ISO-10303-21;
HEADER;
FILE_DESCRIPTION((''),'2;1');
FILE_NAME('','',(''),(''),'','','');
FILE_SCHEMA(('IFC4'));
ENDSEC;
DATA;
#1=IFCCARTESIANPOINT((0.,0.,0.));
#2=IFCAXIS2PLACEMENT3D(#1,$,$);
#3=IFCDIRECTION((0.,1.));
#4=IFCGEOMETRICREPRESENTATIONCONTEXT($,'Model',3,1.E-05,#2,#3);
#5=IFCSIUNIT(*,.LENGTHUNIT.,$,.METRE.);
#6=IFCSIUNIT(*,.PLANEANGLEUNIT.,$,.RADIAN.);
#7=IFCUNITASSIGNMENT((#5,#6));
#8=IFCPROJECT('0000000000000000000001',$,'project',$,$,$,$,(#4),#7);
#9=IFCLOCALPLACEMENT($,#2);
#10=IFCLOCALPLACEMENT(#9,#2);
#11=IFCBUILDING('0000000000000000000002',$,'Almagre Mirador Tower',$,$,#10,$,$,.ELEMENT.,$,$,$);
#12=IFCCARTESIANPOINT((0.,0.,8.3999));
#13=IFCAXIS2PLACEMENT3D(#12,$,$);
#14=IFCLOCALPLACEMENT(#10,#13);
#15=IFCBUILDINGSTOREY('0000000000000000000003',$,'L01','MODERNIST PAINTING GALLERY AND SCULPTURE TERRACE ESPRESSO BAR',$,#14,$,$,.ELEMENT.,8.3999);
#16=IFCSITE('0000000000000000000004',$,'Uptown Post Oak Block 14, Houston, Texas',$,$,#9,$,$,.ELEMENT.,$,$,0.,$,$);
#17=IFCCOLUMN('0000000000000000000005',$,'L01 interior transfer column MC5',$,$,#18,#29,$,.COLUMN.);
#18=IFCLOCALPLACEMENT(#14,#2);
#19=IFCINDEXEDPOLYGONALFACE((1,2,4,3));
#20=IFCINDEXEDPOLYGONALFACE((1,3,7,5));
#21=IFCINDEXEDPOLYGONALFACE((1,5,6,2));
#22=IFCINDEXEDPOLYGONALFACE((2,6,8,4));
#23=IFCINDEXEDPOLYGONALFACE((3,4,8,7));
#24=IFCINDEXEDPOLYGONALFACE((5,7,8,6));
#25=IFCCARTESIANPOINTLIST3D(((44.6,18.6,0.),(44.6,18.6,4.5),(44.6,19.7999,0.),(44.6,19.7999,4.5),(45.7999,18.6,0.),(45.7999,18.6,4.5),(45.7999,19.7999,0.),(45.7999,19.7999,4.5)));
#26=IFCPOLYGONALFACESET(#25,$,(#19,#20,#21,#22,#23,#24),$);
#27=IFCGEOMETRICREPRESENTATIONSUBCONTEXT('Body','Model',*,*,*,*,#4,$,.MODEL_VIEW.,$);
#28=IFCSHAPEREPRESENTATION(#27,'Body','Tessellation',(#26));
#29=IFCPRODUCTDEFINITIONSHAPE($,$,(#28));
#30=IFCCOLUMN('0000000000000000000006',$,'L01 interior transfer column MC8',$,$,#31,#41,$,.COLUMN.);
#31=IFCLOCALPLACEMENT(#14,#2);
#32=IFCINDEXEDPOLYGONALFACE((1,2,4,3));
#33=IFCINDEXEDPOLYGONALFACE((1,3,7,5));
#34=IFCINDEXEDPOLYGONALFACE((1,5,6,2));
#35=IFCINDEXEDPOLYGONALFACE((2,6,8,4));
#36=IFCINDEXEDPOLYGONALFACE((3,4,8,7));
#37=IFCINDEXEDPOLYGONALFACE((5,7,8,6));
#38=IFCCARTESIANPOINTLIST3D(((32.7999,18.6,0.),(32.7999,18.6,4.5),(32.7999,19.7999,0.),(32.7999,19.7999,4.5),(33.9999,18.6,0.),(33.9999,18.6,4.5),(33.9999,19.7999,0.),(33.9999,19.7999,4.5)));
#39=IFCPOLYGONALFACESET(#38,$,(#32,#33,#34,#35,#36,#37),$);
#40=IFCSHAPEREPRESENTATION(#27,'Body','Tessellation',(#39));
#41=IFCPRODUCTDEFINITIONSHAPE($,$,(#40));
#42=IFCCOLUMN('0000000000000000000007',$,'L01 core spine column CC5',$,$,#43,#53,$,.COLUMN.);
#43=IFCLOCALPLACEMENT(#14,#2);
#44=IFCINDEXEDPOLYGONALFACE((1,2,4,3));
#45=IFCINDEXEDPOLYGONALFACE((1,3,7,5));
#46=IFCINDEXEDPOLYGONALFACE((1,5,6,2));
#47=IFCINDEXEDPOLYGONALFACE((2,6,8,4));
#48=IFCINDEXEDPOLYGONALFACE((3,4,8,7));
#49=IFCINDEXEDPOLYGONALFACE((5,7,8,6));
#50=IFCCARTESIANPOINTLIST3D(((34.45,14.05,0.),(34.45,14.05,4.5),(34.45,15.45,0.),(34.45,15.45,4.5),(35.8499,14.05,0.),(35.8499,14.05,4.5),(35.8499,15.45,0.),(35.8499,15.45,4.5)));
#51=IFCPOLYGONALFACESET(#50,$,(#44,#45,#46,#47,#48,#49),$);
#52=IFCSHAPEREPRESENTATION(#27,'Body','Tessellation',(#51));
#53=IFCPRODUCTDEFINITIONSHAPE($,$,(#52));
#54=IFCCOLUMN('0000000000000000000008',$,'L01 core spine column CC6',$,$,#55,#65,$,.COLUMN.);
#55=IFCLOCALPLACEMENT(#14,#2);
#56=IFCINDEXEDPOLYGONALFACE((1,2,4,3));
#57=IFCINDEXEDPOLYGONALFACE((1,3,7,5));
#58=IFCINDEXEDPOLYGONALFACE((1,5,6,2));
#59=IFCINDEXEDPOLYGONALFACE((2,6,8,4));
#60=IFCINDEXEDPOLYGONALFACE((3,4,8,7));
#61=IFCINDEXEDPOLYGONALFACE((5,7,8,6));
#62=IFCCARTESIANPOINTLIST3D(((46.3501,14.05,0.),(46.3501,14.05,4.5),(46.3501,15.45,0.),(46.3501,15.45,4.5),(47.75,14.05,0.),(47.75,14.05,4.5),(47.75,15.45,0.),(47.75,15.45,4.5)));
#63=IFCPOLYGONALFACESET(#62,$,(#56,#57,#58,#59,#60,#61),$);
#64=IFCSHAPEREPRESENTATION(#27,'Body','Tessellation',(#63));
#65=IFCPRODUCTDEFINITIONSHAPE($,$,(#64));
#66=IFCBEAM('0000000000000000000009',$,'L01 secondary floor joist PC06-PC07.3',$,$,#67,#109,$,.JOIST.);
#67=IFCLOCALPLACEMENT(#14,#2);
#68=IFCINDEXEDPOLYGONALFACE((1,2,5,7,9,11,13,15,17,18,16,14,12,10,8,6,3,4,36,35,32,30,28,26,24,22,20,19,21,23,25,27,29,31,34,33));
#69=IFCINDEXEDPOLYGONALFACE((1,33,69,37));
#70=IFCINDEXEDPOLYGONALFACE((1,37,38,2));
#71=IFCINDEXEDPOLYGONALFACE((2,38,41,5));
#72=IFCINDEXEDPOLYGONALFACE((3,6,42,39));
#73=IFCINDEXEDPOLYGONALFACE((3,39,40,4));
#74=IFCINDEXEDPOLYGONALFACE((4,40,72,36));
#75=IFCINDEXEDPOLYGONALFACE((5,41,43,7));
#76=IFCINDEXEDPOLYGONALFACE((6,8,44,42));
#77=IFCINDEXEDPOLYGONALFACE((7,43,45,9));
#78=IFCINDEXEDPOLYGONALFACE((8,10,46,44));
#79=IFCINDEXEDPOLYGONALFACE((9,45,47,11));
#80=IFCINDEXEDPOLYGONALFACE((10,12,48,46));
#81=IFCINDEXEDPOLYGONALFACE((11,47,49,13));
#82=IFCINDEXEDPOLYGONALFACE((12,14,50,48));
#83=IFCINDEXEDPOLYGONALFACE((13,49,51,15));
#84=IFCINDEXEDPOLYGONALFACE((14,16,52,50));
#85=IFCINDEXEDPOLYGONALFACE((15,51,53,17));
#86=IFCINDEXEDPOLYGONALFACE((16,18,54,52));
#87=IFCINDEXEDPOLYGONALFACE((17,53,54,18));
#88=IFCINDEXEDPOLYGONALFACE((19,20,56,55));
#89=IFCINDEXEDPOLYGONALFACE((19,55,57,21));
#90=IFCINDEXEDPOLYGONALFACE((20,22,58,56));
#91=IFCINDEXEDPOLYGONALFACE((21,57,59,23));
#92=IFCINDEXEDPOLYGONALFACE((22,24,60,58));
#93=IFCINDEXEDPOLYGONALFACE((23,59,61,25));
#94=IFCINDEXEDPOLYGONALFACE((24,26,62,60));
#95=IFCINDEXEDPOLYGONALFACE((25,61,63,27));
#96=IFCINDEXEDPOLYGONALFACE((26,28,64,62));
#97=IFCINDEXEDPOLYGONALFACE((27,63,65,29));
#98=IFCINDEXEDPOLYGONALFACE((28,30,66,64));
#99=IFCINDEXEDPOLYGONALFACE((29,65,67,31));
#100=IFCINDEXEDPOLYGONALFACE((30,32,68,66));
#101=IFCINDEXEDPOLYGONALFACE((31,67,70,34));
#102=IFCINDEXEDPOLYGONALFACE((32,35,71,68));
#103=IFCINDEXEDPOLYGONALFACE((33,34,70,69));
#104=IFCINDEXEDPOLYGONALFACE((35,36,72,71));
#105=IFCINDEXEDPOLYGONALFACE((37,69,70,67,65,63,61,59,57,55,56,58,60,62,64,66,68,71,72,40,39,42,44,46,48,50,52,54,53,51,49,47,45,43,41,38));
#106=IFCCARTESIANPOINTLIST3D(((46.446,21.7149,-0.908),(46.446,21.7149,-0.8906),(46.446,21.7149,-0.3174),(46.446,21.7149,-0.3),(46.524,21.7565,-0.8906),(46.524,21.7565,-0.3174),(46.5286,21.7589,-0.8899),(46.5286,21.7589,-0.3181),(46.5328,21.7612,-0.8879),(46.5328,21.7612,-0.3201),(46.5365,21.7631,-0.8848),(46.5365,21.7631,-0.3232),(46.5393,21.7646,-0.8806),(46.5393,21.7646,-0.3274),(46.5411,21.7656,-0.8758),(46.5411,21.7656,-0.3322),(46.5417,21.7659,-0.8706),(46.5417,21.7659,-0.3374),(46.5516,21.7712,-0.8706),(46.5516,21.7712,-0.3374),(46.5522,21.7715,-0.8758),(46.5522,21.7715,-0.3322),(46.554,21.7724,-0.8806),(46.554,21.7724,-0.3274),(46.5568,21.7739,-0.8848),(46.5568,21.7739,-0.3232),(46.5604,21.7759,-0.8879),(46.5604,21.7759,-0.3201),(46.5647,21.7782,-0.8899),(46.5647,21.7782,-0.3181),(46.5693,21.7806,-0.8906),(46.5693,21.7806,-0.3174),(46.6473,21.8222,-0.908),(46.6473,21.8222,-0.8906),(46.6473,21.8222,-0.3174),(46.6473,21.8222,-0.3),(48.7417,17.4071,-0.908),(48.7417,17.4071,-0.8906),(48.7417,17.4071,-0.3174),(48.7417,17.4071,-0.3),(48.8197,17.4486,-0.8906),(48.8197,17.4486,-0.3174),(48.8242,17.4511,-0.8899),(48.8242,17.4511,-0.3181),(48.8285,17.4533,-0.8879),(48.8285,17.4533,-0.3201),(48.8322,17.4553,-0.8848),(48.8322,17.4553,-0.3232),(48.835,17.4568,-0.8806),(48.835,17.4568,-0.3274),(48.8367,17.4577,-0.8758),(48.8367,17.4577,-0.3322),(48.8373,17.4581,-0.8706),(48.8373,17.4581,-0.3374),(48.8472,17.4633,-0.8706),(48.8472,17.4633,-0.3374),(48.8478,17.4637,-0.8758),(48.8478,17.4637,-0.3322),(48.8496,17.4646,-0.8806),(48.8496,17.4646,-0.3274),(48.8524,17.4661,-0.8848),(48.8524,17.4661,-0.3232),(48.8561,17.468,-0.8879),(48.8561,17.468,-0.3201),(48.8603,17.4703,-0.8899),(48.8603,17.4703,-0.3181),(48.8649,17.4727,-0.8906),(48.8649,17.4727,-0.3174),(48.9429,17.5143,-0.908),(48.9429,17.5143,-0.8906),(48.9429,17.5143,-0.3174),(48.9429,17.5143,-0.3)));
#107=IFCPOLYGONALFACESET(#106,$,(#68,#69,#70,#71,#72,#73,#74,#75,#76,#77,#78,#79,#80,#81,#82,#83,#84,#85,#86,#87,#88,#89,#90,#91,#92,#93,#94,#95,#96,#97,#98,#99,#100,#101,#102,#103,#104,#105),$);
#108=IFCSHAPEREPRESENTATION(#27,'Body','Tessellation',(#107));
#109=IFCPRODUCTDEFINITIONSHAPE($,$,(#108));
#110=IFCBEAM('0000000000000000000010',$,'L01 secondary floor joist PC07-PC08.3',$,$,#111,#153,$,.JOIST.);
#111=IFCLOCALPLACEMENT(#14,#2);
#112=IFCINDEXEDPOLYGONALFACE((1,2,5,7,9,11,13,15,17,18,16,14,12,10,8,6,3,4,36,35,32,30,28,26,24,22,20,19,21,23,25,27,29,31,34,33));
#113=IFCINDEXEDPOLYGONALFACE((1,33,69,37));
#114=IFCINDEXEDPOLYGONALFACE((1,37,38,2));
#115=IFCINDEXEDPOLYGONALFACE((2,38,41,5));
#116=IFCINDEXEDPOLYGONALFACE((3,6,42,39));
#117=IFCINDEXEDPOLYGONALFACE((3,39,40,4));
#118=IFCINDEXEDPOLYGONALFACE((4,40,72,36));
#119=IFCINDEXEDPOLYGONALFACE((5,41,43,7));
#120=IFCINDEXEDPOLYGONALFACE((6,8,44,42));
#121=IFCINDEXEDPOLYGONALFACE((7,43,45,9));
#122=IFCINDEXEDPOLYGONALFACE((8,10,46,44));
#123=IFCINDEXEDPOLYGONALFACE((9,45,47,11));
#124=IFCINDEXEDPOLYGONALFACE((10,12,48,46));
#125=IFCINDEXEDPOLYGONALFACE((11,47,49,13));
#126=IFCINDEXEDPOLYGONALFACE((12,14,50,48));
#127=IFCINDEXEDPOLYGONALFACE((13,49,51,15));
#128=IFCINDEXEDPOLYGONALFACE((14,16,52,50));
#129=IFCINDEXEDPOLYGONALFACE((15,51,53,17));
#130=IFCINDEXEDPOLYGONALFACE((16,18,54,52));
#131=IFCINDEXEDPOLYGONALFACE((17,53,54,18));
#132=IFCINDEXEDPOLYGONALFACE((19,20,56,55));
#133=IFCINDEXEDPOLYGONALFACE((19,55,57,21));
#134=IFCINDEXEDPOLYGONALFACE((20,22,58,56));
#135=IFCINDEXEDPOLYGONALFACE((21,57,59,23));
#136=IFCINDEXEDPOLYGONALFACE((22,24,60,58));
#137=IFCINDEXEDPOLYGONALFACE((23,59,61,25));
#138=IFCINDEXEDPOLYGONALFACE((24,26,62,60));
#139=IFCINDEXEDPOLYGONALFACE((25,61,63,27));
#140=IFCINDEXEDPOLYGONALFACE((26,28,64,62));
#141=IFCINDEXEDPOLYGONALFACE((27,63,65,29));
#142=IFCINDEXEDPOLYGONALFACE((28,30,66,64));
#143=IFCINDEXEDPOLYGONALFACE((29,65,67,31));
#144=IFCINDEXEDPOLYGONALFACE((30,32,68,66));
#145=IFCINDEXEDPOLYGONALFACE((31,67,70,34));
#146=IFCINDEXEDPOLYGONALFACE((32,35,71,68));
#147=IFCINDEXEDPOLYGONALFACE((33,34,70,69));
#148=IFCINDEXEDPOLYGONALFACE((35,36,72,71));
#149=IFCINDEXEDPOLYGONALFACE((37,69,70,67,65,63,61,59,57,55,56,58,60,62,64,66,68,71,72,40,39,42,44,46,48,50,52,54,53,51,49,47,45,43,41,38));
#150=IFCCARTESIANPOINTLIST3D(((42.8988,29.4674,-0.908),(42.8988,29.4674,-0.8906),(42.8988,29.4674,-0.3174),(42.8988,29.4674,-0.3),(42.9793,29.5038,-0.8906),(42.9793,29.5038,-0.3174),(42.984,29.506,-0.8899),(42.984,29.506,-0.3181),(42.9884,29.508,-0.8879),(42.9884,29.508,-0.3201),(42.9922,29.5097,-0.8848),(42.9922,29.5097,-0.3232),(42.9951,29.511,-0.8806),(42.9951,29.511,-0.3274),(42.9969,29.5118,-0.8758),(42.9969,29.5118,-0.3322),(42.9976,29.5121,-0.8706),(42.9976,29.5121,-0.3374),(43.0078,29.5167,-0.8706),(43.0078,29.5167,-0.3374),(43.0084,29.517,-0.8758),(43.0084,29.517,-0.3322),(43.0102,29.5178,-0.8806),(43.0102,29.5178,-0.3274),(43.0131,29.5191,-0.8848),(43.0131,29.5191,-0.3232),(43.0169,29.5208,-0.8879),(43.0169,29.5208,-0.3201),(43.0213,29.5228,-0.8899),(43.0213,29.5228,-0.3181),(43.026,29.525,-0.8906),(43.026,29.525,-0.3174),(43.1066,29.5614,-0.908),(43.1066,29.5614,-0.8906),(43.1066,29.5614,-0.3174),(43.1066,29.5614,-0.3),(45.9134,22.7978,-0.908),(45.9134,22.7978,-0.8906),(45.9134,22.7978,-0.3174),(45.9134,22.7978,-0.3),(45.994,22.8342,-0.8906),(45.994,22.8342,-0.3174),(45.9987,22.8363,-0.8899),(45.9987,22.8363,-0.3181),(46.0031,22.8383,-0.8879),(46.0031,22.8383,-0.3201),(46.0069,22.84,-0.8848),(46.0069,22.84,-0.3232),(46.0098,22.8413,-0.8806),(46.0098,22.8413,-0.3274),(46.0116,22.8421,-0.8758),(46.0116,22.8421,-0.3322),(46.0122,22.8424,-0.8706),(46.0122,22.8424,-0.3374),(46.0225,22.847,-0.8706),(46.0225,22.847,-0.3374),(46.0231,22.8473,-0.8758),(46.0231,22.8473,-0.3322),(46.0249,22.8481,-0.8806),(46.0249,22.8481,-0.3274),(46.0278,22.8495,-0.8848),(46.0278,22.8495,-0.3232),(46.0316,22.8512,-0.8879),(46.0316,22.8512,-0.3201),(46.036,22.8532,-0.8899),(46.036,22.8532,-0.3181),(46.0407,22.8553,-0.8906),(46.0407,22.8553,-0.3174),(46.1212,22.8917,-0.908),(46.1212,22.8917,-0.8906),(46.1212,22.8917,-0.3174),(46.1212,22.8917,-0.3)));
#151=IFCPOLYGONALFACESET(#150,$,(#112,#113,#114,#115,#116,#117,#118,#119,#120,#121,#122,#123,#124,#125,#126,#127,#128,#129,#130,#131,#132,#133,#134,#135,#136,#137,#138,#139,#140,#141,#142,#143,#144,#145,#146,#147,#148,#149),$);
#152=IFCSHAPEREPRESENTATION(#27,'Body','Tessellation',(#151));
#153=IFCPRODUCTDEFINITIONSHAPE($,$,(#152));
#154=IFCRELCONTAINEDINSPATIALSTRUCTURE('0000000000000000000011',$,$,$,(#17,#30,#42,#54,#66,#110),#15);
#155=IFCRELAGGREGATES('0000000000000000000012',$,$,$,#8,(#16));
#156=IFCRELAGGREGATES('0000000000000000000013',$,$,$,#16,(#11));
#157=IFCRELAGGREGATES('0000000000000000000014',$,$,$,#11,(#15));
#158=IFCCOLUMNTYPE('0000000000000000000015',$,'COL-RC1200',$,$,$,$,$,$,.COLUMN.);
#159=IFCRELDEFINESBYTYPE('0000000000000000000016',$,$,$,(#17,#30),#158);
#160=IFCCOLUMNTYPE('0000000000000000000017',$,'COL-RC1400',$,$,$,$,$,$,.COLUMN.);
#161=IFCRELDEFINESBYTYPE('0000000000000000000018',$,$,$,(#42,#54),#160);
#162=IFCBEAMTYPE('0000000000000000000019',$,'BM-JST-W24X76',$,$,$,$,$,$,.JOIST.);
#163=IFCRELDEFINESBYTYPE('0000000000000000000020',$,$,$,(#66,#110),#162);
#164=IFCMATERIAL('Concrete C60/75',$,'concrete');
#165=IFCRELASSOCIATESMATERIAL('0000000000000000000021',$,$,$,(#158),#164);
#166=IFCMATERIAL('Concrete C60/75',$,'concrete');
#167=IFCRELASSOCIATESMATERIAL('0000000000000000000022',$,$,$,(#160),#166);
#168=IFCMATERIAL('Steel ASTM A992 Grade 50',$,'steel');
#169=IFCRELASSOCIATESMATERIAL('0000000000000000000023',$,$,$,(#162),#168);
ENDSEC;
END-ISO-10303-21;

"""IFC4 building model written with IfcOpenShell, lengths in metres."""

from ifc_helpers import new_model, si_unit, direction, frame, origin, origin_2d, place, context, subcontext, project, spatial, rectangle, i_section, extrude, material, material_profile, profile_set, type_object, element, save


model = new_model("IFC4")

# Units and contexts
model_context = context("Model", 3, precision=1e-05, world=origin(), true_north=direction((0.0, 1.0)))
body_context = subcontext(model_context, "Body", "Model", "MODEL_VIEW")
ifc_project = project(units=[si_unit("LENGTHUNIT", "METRE"), si_unit("PLANEANGLEUNIT", "RADIAN")], contexts=[model_context])

# Site, building, storey
site_placement = place(None, origin())
site = spatial("IfcSite", under=ifc_project, at=site_placement, Name="Uptown Post Oak Block 14, Houston, Texas", CompositionType="ELEMENT", RefElevation=0.0)
building_placement = place(site_placement, origin())
building = spatial("IfcBuilding", under=site, at=building_placement, Name="Almagre Mirador Tower", CompositionType="ELEMENT")
storey_placement = place(building_placement, frame((0.0, 0.0, 8.3999)))
storey = spatial("IfcBuildingStorey", under=building, at=storey_placement, Name="L01", Description="MODERNIST PAINTING GALLERY AND SCULPTURE TERRACE ESPRESSO BAR", CompositionType="ELEMENT", Elevation=8.3999)

# Columns
ifc_material_1 = material(Name="Concrete C60/75", Category="concrete")
ifc_material_profile_1 = material_profile(ifc_material_1, rectangle(XDim=1.2, YDim=1.2, at=origin_2d()), Name="RC1200X1200")
ifc_profile_set_1 = profile_set([ifc_material_profile_1], Name="Concrete C60/75")
column_type_1 = type_object("IfcColumnType", Name="COL-RC1200", PredefinedType="COLUMN", material=ifc_profile_set_1)
for number, where, z_axis, x_axis, name in (
    (1, (45.2, 19.2, 0.0), (0.0, 0.0, 1.0), (1.0, 0.0, 0.0), "L01 interior transfer column MC5"),
    (2, (33.3999, 19.2, 0.0), (0.0, 0.0, 1.0), (1.0, 0.0, 0.0), "L01 interior transfer column MC8"),
):
    element("IfcColumn", number, at=place(storey_placement, frame(where, z_axis=z_axis, x_axis=x_axis)), inside=storey, type_object=column_type_1, Name=name, PredefinedType="COLUMN", context=body_context, shape_type="SweptSolid", body=[
        extrude(rectangle(XDim=1.2, YDim=1.2, at=origin_2d()), origin(), (0.0, 0.0, 1.0), 4.5),
    ])
ifc_material_2 = material(Name="Concrete C60/75", Category="concrete")
ifc_material_profile_2 = material_profile(ifc_material_2, rectangle(XDim=1.3999, YDim=1.3999, at=origin_2d()), Name="RC1400X1400")
ifc_profile_set_2 = profile_set([ifc_material_profile_2], Name="Concrete C60/75")
column_type_2 = type_object("IfcColumnType", Name="COL-RC1400", PredefinedType="COLUMN", material=ifc_profile_set_2)
for number, where, z_axis, x_axis, name in (
    (3, (35.1499, 14.75, 0.0), (0.0, 0.0, 1.0), (1.0, 0.0, 0.0), "L01 core spine column CC5"),
    (4, (47.05, 14.75, 0.0), (0.0, 0.0, 1.0), (1.0, 0.0, 0.0), "L01 core spine column CC6"),
):
    element("IfcColumn", number, at=place(storey_placement, frame(where, z_axis=z_axis, x_axis=x_axis)), inside=storey, type_object=column_type_2, Name=name, PredefinedType="COLUMN", context=body_context, shape_type="SweptSolid", body=[
        extrude(rectangle(XDim=1.3999, YDim=1.3999, at=origin_2d()), origin(), (0.0, 0.0, 1.0), 4.5),
    ])

# Beams
ifc_material_3 = material(Name="Steel ASTM A992 Grade 50", Category="steel")
ifc_material_profile_3 = material_profile(ifc_material_3, i_section(OverallWidth=0.228, OverallDepth=0.6079, WebThickness=0.0112, FlangeThickness=0.0173, FilletRadius=0.02, at=origin_2d()), Name="W24X76")
ifc_profile_set_3 = profile_set([ifc_material_profile_3], Name="Steel ASTM A992 Grade 50")
beam_type_1 = type_object("IfcBeamType", Name="BM-JST-W24X76", PredefinedType="JOIST", material=ifc_profile_set_3)
beam_1_placement = place(storey_placement, frame((48.8423, 17.4607, -0.604), z_axis=(-0.47029, 0.882512, 0.0), x_axis=(-0.882512, -0.47029, 0.0)))
element("IfcBeam", 5, at=beam_1_placement, inside=storey, type_object=beam_type_1, Name="L01 secondary floor joist PC06-PC07.3", PredefinedType="JOIST", context=body_context, shape_type="SweptSolid", body=[
    extrude(i_section(OverallWidth=0.228, OverallDepth=0.6079, WebThickness=0.0112, FlangeThickness=0.0173, FilletRadius=0.02, at=origin_2d()), origin(), (0.0, 0.0, 1.0), 4.8813),
])
beam_2_placement = place(storey_placement, frame((46.0173, 22.8447, -0.604), z_axis=(-0.411874, 0.911241, 0.0), x_axis=(-0.911241, -0.411874, 0.0)))
element("IfcBeam", 6, at=beam_2_placement, inside=storey, type_object=beam_type_1, Name="L01 secondary floor joist PC07-PC08.3", PredefinedType="JOIST", context=body_context, shape_type="SweptSolid", body=[
    extrude(i_section(OverallWidth=0.228, OverallDepth=0.6079, WebThickness=0.0112, FlangeThickness=0.0173, FilletRadius=0.02, at=origin_2d()), origin(), (0.0, 0.0, 1.0), 7.3193),
])

save(model, "model.ifc")
